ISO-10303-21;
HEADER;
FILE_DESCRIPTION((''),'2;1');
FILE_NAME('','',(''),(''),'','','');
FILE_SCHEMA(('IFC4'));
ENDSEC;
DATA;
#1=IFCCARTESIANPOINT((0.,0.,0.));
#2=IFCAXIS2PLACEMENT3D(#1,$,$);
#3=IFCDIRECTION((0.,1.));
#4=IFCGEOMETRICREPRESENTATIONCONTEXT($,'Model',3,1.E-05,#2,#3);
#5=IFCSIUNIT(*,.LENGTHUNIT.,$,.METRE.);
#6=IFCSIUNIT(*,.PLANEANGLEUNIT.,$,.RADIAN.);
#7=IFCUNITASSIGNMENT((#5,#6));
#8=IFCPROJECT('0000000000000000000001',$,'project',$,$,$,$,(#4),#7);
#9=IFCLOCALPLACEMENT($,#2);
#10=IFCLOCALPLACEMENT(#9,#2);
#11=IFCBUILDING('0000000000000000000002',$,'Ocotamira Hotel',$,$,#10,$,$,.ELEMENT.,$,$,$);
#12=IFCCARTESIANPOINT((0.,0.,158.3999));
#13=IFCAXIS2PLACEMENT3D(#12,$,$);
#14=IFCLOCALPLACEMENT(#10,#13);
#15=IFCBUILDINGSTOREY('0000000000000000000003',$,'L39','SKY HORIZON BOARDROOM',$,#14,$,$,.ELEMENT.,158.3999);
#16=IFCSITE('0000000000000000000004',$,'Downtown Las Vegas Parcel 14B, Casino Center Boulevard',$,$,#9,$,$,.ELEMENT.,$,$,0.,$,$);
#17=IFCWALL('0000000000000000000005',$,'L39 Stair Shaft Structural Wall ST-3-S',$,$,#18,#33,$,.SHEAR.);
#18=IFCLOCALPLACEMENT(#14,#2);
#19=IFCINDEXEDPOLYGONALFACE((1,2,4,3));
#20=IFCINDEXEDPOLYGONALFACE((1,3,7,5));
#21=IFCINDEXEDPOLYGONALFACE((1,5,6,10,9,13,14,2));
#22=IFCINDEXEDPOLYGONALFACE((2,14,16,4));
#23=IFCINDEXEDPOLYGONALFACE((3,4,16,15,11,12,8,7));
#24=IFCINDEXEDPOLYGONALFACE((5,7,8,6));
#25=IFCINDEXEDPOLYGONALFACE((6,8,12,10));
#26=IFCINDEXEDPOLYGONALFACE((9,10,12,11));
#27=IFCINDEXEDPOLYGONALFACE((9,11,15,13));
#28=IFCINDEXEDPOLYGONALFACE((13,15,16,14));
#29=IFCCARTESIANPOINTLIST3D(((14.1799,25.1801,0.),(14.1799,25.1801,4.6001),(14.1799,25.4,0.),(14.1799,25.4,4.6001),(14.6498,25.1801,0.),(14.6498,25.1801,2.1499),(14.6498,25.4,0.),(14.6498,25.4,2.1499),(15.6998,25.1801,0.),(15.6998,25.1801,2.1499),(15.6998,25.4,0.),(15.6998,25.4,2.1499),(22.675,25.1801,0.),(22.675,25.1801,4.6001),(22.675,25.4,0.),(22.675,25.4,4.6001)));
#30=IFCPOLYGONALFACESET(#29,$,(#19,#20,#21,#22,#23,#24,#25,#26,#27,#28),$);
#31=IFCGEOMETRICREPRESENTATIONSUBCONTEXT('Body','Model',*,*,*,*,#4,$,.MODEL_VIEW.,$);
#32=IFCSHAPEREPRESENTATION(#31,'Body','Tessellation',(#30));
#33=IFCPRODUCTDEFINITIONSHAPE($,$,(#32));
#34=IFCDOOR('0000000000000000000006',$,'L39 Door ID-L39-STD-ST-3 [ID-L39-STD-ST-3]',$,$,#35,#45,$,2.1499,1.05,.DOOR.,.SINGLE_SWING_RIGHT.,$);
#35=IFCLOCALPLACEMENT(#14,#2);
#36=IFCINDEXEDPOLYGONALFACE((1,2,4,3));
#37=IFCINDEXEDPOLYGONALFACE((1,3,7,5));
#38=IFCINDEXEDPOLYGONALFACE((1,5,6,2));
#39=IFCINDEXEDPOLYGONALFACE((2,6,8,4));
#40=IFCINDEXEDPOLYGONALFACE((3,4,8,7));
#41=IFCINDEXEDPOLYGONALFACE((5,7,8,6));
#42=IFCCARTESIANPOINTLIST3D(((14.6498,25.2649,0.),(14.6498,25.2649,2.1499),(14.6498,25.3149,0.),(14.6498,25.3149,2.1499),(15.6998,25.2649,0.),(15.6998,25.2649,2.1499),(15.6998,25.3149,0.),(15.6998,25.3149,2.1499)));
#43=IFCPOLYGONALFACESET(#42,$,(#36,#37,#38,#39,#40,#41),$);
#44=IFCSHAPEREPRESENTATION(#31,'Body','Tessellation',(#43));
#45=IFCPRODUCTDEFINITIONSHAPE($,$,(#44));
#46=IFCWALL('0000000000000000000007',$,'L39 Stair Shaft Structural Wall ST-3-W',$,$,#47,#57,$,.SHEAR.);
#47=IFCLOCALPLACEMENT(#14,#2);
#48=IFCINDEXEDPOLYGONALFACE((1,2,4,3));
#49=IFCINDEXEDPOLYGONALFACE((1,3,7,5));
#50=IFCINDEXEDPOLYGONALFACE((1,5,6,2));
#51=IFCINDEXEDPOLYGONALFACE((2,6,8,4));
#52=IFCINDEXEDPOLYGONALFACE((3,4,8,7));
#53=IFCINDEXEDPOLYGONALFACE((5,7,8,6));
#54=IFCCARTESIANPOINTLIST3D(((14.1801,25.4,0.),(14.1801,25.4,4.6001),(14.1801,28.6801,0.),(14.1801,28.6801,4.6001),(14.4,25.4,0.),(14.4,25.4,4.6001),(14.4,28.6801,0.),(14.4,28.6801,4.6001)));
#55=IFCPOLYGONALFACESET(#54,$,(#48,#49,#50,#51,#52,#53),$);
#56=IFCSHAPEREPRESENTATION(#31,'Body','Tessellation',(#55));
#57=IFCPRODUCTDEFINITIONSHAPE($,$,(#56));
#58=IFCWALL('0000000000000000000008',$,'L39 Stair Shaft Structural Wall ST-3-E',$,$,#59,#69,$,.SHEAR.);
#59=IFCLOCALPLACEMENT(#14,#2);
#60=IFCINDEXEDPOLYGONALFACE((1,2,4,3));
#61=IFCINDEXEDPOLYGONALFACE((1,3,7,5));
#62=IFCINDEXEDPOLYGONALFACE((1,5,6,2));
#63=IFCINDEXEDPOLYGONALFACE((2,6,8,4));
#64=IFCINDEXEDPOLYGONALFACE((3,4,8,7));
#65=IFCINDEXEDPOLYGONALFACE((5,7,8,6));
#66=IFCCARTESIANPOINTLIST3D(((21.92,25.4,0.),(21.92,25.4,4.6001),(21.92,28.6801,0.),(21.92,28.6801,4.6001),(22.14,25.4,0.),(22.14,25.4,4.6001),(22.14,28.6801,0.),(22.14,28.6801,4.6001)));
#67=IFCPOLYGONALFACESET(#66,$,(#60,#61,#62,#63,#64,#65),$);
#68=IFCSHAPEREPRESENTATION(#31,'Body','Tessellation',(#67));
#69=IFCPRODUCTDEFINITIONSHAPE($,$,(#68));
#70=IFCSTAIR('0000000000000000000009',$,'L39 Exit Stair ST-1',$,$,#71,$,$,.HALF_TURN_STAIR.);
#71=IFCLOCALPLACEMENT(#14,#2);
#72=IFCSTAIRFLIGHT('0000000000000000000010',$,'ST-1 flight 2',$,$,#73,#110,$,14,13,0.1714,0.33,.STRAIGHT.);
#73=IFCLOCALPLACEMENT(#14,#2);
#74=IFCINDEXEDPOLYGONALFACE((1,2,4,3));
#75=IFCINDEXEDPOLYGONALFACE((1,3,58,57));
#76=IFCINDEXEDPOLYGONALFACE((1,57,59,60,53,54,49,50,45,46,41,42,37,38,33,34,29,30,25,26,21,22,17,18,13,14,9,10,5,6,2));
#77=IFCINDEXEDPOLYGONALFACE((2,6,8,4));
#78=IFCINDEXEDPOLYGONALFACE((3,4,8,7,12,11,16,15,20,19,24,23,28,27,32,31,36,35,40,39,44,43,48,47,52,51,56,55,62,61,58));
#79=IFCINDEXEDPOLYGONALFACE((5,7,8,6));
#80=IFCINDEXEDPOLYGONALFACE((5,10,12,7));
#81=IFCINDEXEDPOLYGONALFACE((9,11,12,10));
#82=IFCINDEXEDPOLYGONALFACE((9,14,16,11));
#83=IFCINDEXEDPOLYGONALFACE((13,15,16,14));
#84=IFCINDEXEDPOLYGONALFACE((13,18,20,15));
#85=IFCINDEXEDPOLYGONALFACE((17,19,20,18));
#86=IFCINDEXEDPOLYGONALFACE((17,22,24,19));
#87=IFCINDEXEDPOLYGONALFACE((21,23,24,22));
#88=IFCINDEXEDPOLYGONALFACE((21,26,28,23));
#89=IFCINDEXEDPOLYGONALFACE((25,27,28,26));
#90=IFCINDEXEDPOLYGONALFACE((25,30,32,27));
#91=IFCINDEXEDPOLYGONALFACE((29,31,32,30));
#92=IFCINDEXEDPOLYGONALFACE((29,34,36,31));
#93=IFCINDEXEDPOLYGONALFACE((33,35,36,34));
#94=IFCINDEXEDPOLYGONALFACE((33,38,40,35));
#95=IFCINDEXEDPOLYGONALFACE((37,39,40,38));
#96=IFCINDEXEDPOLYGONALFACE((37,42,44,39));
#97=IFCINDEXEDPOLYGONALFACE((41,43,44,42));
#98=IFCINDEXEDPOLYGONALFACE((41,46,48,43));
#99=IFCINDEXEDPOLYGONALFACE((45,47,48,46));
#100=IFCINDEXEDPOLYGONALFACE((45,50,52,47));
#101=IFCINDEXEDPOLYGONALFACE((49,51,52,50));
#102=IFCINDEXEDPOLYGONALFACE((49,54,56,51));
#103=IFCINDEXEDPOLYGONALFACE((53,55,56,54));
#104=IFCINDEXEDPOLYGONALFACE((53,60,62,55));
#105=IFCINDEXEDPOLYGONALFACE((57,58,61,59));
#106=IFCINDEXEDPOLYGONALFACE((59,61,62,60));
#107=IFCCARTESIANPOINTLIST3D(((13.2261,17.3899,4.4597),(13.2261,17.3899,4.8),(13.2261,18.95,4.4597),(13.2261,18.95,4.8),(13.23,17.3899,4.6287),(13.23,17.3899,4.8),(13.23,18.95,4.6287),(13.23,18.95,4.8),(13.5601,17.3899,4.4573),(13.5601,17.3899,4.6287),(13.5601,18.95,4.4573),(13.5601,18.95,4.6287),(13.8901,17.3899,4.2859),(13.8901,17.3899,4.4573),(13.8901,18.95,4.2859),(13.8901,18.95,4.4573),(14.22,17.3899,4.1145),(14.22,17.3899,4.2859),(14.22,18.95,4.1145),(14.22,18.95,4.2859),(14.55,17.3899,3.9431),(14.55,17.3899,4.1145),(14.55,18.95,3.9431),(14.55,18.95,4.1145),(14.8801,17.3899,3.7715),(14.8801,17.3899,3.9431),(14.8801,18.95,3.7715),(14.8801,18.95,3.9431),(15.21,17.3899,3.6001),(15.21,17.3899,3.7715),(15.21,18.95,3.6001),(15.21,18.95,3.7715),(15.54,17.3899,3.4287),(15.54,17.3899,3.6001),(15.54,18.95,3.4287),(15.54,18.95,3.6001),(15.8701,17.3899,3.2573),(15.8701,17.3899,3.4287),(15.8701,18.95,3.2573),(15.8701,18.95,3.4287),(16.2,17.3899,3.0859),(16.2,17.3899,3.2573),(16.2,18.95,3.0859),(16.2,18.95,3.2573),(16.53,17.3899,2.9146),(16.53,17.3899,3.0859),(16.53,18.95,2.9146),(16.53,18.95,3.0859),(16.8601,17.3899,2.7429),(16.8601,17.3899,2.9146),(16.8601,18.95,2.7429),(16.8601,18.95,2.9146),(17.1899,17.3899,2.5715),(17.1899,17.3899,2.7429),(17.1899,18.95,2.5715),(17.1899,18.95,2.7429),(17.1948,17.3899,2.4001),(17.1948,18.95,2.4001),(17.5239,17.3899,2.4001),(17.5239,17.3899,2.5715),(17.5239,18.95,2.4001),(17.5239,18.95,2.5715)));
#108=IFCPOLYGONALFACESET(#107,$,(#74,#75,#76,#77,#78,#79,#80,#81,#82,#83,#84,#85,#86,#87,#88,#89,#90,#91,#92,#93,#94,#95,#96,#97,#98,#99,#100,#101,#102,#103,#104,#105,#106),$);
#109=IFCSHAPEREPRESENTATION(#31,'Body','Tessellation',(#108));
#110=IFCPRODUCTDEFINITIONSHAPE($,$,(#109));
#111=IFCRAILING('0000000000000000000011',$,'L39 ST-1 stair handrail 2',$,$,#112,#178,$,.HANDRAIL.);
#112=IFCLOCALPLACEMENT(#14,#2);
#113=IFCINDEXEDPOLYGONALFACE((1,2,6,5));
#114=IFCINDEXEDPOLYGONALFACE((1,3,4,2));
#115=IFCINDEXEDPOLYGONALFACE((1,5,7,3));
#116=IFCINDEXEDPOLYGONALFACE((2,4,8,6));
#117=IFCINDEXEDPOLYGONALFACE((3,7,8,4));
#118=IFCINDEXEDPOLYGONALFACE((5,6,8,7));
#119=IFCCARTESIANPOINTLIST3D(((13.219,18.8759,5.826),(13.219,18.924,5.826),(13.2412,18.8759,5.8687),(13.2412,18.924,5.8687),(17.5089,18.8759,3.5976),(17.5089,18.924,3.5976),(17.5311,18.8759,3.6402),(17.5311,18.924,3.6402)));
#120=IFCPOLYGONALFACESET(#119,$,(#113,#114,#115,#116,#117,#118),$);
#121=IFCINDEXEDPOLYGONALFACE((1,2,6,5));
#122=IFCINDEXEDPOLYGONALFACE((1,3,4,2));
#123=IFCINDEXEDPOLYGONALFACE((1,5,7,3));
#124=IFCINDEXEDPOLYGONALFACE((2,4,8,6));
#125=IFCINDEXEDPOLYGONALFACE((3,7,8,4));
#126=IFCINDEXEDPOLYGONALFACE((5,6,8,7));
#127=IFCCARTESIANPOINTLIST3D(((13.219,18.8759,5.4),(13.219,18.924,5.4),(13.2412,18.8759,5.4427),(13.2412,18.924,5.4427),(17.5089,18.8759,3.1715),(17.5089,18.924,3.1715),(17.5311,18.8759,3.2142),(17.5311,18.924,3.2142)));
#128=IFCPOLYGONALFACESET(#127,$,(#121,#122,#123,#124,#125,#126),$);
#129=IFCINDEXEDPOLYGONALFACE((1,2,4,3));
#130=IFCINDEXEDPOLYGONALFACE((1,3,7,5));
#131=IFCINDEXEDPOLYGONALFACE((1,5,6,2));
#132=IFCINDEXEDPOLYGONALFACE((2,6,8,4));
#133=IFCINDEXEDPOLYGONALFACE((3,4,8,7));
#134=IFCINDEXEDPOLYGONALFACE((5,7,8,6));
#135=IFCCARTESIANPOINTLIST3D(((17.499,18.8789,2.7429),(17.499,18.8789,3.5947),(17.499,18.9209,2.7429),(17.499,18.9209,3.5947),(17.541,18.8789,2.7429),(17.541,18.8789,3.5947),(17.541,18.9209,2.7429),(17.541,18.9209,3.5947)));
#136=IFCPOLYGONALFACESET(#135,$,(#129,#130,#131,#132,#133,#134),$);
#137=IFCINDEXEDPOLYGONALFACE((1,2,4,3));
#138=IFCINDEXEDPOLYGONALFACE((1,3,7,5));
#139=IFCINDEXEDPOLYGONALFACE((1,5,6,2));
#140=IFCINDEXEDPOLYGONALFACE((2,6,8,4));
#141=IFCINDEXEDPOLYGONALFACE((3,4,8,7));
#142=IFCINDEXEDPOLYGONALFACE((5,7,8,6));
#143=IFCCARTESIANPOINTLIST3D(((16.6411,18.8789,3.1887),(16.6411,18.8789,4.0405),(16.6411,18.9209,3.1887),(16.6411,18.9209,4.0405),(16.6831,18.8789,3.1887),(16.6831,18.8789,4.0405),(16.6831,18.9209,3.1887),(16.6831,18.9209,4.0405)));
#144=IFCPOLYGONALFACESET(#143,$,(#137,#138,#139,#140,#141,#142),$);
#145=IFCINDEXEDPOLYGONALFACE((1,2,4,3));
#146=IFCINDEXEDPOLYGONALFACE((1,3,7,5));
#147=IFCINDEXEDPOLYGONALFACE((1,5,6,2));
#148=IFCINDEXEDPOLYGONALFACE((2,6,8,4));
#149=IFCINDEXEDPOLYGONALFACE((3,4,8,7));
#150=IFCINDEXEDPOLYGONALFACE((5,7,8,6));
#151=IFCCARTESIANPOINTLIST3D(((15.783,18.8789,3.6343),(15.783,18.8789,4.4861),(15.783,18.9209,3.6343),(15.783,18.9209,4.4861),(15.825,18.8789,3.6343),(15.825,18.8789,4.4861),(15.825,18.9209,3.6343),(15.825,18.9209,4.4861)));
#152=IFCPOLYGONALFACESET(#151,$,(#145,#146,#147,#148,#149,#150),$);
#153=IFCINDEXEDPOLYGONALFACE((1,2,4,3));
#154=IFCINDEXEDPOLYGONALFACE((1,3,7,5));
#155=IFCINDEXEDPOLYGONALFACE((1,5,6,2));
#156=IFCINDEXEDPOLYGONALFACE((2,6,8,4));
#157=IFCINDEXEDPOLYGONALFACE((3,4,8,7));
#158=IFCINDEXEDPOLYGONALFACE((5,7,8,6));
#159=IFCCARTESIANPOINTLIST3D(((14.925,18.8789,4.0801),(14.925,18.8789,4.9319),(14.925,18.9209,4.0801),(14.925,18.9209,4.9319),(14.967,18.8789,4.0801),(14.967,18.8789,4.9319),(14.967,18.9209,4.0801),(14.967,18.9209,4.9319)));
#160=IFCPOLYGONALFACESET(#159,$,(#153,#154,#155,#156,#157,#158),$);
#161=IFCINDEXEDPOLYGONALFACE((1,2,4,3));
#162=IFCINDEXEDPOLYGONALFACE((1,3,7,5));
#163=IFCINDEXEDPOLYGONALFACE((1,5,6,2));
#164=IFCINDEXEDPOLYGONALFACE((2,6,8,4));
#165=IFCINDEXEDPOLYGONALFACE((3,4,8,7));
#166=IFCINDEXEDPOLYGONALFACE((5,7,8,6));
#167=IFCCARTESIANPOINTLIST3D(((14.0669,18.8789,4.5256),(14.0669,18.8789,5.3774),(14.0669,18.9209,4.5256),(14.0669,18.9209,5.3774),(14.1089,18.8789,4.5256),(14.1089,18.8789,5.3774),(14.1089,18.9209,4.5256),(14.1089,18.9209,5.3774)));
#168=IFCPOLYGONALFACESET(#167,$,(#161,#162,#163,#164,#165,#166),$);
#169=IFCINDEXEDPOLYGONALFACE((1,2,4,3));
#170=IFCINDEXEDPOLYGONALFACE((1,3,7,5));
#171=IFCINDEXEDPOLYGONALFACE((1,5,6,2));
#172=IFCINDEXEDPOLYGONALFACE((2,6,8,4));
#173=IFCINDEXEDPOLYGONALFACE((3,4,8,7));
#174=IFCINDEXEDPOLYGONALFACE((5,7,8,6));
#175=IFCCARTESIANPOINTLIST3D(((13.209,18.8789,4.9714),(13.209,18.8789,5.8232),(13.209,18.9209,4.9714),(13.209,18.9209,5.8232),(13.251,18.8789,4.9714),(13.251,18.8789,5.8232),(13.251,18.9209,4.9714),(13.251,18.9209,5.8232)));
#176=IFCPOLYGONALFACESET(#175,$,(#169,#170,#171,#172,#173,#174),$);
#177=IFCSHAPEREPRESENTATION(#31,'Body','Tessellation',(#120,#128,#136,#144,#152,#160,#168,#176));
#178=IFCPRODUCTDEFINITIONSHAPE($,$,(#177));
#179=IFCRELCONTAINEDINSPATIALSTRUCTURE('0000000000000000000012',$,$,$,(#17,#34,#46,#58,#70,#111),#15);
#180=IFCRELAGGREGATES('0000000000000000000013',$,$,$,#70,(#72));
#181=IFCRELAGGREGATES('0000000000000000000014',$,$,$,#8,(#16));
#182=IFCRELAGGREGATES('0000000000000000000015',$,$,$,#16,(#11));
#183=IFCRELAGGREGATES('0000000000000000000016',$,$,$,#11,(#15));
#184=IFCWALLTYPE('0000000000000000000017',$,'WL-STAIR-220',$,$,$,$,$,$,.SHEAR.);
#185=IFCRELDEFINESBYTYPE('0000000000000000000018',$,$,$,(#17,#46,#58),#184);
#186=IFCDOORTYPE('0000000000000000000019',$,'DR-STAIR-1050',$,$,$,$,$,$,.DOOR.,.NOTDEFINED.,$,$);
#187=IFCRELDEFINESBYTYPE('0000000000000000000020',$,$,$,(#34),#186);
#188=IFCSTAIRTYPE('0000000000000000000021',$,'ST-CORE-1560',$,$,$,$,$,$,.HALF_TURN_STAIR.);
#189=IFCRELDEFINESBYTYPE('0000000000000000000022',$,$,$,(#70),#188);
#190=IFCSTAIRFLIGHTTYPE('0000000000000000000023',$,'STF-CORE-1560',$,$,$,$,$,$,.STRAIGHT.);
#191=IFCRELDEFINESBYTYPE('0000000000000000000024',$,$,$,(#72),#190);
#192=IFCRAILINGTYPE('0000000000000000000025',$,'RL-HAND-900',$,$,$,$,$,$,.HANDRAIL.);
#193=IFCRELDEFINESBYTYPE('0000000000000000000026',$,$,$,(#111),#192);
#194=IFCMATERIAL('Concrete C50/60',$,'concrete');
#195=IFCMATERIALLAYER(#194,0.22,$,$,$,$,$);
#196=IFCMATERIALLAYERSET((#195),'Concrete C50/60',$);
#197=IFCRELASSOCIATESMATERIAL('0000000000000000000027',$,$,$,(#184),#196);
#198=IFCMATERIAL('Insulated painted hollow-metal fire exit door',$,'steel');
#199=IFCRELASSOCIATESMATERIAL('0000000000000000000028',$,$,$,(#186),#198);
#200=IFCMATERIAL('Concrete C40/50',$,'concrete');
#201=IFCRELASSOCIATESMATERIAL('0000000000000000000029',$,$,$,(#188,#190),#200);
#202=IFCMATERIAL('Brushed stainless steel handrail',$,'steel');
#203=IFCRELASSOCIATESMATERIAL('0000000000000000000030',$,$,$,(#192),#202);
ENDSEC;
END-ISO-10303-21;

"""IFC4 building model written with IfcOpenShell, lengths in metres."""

from ifc_helpers import new_model, si_unit, direction, frame, frame_2d, origin, origin_2d, place, context, subcontext, project, spatial, polyline, rectangle, outline, extrude, source, transform, mapped, material, layer, layer_set, type_object, element, fill, aggregate, save


model = new_model("IFC4")

# Units and contexts
model_context = context("Model", 3, precision=1e-05, world=origin(), true_north=direction((0.0, 1.0)))
body_context = subcontext(model_context, "Body", "Model", "MODEL_VIEW")
ifc_project = project(units=[si_unit("LENGTHUNIT", "METRE"), si_unit("PLANEANGLEUNIT", "RADIAN")], contexts=[model_context])

# Site, building, storey
site_placement = place(None, origin())
site = spatial("IfcSite", under=ifc_project, at=site_placement, Name="Downtown Las Vegas Parcel 14B, Casino Center Boulevard", CompositionType="ELEMENT", RefElevation=0.0)
building_placement = place(site_placement, origin())
building = spatial("IfcBuilding", under=site, at=building_placement, Name="Ocotamira Hotel", CompositionType="ELEMENT")
storey_placement = place(building_placement, frame((0.0, 0.0, 158.3999)))
storey = spatial("IfcBuildingStorey", under=building, at=storey_placement, Name="L39", Description="SKY HORIZON BOARDROOM", CompositionType="ELEMENT", Elevation=158.3999)

# Wall, opening, door
ifc_material_1 = material(Name="Concrete C50/60", Category="concrete")
ifc_layer_1 = layer(ifc_material_1, 0.22)
ifc_layer_set_1 = layer_set([ifc_layer_1], Name="Concrete C50/60")
wall_type_1 = type_object("IfcWallType", Name="WL-STAIR-220", PredefinedType="SHEAR", material=ifc_layer_set_1)
wall_1_placement = place(storey_placement, frame((14.1799, 25.29, 0.0), z_axis=(0.0, 0.0, 1.0), x_axis=(1.0, 0.0, 0.0)))
wall_1 = element("IfcWall", 1, at=wall_1_placement, inside=storey, type_object=wall_type_1, Name="L39 Stair Shaft Structural Wall ST-3-S", PredefinedType="SHEAR", context=body_context, shape_type="SweptSolid", body=[
    extrude(rectangle(XDim=8.4951, YDim=0.22, at=frame_2d((4.2476, 0.0))), origin(), (0.0, 0.0, 1.0), 4.6001),
])
opening_1_placement = place(wall_1_placement, frame((0.47, 0.0, 0.0)))
opening_1 = element("IfcOpeningElement", 2, at=opening_1_placement, cuts=wall_1, PredefinedType="OPENING", context=body_context, shape_type="SweptSolid", body=[
    extrude(rectangle(XDim=1.05, YDim=2.1499, at=frame_2d((0.5249, 1.075))), frame((0.0, 0.1201, 0.0), z_axis=(0.0, -1.0, 0.0), x_axis=(1.0, 0.0, 0.0)), (0.0, 0.0, 1.0), 0.24),
])
ifc_material_2 = material(Name="Insulated painted hollow-metal fire exit door", Category="steel")
door_type_1 = type_object("IfcDoorType", Name="DR-STAIR-1050", OperationType="NOTDEFINED", PredefinedType="DOOR", material=ifc_material_2)
shared_shape_1 = source(origin(), body_context, "Body", "SweptSolid", [
    extrude(rectangle(XDim=1.05, YDim=2.1499, at=frame_2d((0.5249, 1.075))), frame((0.0, 0.0249, 0.0), z_axis=(0.0, -1.0, 0.0), x_axis=(1.0, 0.0, 0.0)), (0.0, 0.0, 1.0), 0.05),
])
door_1_placement = place(opening_1_placement, origin())
door_1 = element("IfcDoor", 3, at=door_1_placement, inside=storey, type_object=door_type_1, Name="L39 Door ID-L39-STD-ST-3 [ID-L39-STD-ST-3]", OperationType="SINGLE_SWING_RIGHT", OverallHeight=2.1499, OverallWidth=1.05, PredefinedType="DOOR", context=body_context, shape_type="MappedRepresentation", body=[
    mapped(shared_shape_1, transform((0.0, 0.0, 0.0), scale=1.0)),
])
fill(opening_1, door_1)

# Walls
for number, where, z_axis, x_axis, name in (
    (4, (14.29, 25.3999, 0.0), (0.0, 0.0, 1.0), (0.0, 1.0, 0.0), "L39 Stair Shaft Structural Wall ST-3-W"),
    (5, (22.03, 25.3999, 0.0), (0.0, 0.0, 1.0), (0.0, 1.0, 0.0), "L39 Stair Shaft Structural Wall ST-3-E"),
):
    element("IfcWall", number, at=place(storey_placement, frame(where, z_axis=z_axis, x_axis=x_axis)), inside=storey, type_object=wall_type_1, Name=name, PredefinedType="SHEAR", context=body_context, shape_type="SweptSolid", body=[
        extrude(rectangle(XDim=3.28, YDim=0.22, at=frame_2d((1.6401, 0.0))), origin(), (0.0, 0.0, 1.0), 4.6001),
    ])

# Stair, stair flight
ifc_material_3 = material(Name="Concrete C40/50", Category="concrete")
stair_type = type_object("IfcStairType", Name="ST-CORE-1560", PredefinedType="HALF_TURN_STAIR", material=ifc_material_3)
stair_placement = place(storey_placement, origin())
stair = element("IfcStair", 6, at=stair_placement, inside=storey, type_object=stair_type, Name="L39 Exit Stair ST-1", PredefinedType="HALF_TURN_STAIR")
stair_flight_type = type_object("IfcStairFlightType", Name="STF-CORE-1560", PredefinedType="STRAIGHT", material=ifc_material_3)
shared_shape_2 = source(origin(), body_context, "Body", "SweptSolid", [
    extrude(outline(polyline([(-0.0039, 0.0), (-0.0039, 0.1714), (0.3301, 0.1714), (0.3301, 0.3428), (0.6599, 0.3428), (0.6599, 0.5144), (0.99, 0.5144), (0.99, 0.6858), (1.3201, 0.6858), (1.3201, 0.8572), (1.6499, 0.8572), (1.6499, 1.0286), (1.98, 1.0286), (1.98, 1.2), (2.3101, 1.2), (2.3101, 1.3713), (2.6399, 1.3713), (2.6399, 1.543), (2.97, 1.543), (2.97, 1.7144), (3.3, 1.7144), (3.3, 1.8857), (3.6299, 1.8857), (3.6299, 2.0571), (3.96, 2.0571), (3.96, 2.2285), (4.29, 2.2285), (4.29, 2.3999), (4.2939, 2.3999), (4.2939, 2.0596), (0.3252, 0.0), (-0.0039, 0.0)])), frame((0.0, 0.78, 0.0), z_axis=(0.0, -1.0, 0.0), x_axis=(1.0, 0.0, 0.0)), (0.0, 0.0, 1.0), 1.5601),
])
stair_flight_placement = place(storey_placement, frame((17.52, 18.1699, 2.4001), z_axis=(0.0, 0.0, 1.0), x_axis=(-1.0, 0.0, 0.0)))
stair_flight = element("IfcStairFlight", 7, at=stair_flight_placement, type_object=stair_flight_type, Name="ST-1 flight 2", NumberOfRisers=14, NumberOfTreads=13, PredefinedType="STRAIGHT", RiserHeight=0.1714, TreadLength=0.33, context=body_context, shape_type="MappedRepresentation", body=[
    mapped(shared_shape_2, transform((0.0, 0.0, 0.0), scale=1.0)),
])
aggregate(stair, [stair_flight])

# Railing
ifc_material_4 = material(Name="Brushed stainless steel handrail", Category="steel")
railing_type_1 = type_object("IfcRailingType", Name="RL-HAND-900", PredefinedType="HANDRAIL", material=ifc_material_4)
railing_1_placement = place(storey_placement, frame((17.52, 18.8999, 2.7429)))
element("IfcRailing", 8, at=railing_1_placement, inside=storey, type_object=railing_type_1, Name="L39 ST-1 stair handrail 2", PredefinedType="HANDRAIL", context=body_context, shape_type="SweptSolid", body=[
    extrude(rectangle(XDim=0.0481, YDim=0.0481, at=origin_2d()), frame((0.0, 0.0, 0.876), z_axis=(-0.887412, 0.0, 0.460977), x_axis=(0.0, -1.0, 0.0)), (0.0, 0.0, 1.0), 4.8342),
    extrude(rectangle(XDim=0.0481, YDim=0.0481, at=origin_2d()), frame((0.0, 0.0, 0.45), z_axis=(-0.887412, 0.0, 0.460977), x_axis=(0.0, -1.0, 0.0)), (0.0, 0.0, 1.0), 4.8342),
    extrude(rectangle(XDim=0.042, YDim=0.042, at=origin_2d()), origin(), (0.0, 0.0, 1.0), 0.8518),
    extrude(rectangle(XDim=0.042, YDim=0.042, at=origin_2d()), frame((-0.8579, 0.0, 0.4458)), (0.0, 0.0, 1.0), 0.8518),
    extrude(rectangle(XDim=0.042, YDim=0.042, at=origin_2d()), frame((-1.7161, 0.0, 0.8914)), (0.0, 0.0, 1.0), 0.8518),
    extrude(rectangle(XDim=0.042, YDim=0.042, at=origin_2d()), frame((-2.574, 0.0, 1.3372)), (0.0, 0.0, 1.0), 0.8518),
    extrude(rectangle(XDim=0.042, YDim=0.042, at=origin_2d()), frame((-3.4321, 0.0, 1.7827)), (0.0, 0.0, 1.0), 0.8518),
    extrude(rectangle(XDim=0.042, YDim=0.042, at=origin_2d()), frame((-4.29, 0.0, 2.2285)), (0.0, 0.0, 1.0), 0.8518),
])

save(model, "model.ifc")
